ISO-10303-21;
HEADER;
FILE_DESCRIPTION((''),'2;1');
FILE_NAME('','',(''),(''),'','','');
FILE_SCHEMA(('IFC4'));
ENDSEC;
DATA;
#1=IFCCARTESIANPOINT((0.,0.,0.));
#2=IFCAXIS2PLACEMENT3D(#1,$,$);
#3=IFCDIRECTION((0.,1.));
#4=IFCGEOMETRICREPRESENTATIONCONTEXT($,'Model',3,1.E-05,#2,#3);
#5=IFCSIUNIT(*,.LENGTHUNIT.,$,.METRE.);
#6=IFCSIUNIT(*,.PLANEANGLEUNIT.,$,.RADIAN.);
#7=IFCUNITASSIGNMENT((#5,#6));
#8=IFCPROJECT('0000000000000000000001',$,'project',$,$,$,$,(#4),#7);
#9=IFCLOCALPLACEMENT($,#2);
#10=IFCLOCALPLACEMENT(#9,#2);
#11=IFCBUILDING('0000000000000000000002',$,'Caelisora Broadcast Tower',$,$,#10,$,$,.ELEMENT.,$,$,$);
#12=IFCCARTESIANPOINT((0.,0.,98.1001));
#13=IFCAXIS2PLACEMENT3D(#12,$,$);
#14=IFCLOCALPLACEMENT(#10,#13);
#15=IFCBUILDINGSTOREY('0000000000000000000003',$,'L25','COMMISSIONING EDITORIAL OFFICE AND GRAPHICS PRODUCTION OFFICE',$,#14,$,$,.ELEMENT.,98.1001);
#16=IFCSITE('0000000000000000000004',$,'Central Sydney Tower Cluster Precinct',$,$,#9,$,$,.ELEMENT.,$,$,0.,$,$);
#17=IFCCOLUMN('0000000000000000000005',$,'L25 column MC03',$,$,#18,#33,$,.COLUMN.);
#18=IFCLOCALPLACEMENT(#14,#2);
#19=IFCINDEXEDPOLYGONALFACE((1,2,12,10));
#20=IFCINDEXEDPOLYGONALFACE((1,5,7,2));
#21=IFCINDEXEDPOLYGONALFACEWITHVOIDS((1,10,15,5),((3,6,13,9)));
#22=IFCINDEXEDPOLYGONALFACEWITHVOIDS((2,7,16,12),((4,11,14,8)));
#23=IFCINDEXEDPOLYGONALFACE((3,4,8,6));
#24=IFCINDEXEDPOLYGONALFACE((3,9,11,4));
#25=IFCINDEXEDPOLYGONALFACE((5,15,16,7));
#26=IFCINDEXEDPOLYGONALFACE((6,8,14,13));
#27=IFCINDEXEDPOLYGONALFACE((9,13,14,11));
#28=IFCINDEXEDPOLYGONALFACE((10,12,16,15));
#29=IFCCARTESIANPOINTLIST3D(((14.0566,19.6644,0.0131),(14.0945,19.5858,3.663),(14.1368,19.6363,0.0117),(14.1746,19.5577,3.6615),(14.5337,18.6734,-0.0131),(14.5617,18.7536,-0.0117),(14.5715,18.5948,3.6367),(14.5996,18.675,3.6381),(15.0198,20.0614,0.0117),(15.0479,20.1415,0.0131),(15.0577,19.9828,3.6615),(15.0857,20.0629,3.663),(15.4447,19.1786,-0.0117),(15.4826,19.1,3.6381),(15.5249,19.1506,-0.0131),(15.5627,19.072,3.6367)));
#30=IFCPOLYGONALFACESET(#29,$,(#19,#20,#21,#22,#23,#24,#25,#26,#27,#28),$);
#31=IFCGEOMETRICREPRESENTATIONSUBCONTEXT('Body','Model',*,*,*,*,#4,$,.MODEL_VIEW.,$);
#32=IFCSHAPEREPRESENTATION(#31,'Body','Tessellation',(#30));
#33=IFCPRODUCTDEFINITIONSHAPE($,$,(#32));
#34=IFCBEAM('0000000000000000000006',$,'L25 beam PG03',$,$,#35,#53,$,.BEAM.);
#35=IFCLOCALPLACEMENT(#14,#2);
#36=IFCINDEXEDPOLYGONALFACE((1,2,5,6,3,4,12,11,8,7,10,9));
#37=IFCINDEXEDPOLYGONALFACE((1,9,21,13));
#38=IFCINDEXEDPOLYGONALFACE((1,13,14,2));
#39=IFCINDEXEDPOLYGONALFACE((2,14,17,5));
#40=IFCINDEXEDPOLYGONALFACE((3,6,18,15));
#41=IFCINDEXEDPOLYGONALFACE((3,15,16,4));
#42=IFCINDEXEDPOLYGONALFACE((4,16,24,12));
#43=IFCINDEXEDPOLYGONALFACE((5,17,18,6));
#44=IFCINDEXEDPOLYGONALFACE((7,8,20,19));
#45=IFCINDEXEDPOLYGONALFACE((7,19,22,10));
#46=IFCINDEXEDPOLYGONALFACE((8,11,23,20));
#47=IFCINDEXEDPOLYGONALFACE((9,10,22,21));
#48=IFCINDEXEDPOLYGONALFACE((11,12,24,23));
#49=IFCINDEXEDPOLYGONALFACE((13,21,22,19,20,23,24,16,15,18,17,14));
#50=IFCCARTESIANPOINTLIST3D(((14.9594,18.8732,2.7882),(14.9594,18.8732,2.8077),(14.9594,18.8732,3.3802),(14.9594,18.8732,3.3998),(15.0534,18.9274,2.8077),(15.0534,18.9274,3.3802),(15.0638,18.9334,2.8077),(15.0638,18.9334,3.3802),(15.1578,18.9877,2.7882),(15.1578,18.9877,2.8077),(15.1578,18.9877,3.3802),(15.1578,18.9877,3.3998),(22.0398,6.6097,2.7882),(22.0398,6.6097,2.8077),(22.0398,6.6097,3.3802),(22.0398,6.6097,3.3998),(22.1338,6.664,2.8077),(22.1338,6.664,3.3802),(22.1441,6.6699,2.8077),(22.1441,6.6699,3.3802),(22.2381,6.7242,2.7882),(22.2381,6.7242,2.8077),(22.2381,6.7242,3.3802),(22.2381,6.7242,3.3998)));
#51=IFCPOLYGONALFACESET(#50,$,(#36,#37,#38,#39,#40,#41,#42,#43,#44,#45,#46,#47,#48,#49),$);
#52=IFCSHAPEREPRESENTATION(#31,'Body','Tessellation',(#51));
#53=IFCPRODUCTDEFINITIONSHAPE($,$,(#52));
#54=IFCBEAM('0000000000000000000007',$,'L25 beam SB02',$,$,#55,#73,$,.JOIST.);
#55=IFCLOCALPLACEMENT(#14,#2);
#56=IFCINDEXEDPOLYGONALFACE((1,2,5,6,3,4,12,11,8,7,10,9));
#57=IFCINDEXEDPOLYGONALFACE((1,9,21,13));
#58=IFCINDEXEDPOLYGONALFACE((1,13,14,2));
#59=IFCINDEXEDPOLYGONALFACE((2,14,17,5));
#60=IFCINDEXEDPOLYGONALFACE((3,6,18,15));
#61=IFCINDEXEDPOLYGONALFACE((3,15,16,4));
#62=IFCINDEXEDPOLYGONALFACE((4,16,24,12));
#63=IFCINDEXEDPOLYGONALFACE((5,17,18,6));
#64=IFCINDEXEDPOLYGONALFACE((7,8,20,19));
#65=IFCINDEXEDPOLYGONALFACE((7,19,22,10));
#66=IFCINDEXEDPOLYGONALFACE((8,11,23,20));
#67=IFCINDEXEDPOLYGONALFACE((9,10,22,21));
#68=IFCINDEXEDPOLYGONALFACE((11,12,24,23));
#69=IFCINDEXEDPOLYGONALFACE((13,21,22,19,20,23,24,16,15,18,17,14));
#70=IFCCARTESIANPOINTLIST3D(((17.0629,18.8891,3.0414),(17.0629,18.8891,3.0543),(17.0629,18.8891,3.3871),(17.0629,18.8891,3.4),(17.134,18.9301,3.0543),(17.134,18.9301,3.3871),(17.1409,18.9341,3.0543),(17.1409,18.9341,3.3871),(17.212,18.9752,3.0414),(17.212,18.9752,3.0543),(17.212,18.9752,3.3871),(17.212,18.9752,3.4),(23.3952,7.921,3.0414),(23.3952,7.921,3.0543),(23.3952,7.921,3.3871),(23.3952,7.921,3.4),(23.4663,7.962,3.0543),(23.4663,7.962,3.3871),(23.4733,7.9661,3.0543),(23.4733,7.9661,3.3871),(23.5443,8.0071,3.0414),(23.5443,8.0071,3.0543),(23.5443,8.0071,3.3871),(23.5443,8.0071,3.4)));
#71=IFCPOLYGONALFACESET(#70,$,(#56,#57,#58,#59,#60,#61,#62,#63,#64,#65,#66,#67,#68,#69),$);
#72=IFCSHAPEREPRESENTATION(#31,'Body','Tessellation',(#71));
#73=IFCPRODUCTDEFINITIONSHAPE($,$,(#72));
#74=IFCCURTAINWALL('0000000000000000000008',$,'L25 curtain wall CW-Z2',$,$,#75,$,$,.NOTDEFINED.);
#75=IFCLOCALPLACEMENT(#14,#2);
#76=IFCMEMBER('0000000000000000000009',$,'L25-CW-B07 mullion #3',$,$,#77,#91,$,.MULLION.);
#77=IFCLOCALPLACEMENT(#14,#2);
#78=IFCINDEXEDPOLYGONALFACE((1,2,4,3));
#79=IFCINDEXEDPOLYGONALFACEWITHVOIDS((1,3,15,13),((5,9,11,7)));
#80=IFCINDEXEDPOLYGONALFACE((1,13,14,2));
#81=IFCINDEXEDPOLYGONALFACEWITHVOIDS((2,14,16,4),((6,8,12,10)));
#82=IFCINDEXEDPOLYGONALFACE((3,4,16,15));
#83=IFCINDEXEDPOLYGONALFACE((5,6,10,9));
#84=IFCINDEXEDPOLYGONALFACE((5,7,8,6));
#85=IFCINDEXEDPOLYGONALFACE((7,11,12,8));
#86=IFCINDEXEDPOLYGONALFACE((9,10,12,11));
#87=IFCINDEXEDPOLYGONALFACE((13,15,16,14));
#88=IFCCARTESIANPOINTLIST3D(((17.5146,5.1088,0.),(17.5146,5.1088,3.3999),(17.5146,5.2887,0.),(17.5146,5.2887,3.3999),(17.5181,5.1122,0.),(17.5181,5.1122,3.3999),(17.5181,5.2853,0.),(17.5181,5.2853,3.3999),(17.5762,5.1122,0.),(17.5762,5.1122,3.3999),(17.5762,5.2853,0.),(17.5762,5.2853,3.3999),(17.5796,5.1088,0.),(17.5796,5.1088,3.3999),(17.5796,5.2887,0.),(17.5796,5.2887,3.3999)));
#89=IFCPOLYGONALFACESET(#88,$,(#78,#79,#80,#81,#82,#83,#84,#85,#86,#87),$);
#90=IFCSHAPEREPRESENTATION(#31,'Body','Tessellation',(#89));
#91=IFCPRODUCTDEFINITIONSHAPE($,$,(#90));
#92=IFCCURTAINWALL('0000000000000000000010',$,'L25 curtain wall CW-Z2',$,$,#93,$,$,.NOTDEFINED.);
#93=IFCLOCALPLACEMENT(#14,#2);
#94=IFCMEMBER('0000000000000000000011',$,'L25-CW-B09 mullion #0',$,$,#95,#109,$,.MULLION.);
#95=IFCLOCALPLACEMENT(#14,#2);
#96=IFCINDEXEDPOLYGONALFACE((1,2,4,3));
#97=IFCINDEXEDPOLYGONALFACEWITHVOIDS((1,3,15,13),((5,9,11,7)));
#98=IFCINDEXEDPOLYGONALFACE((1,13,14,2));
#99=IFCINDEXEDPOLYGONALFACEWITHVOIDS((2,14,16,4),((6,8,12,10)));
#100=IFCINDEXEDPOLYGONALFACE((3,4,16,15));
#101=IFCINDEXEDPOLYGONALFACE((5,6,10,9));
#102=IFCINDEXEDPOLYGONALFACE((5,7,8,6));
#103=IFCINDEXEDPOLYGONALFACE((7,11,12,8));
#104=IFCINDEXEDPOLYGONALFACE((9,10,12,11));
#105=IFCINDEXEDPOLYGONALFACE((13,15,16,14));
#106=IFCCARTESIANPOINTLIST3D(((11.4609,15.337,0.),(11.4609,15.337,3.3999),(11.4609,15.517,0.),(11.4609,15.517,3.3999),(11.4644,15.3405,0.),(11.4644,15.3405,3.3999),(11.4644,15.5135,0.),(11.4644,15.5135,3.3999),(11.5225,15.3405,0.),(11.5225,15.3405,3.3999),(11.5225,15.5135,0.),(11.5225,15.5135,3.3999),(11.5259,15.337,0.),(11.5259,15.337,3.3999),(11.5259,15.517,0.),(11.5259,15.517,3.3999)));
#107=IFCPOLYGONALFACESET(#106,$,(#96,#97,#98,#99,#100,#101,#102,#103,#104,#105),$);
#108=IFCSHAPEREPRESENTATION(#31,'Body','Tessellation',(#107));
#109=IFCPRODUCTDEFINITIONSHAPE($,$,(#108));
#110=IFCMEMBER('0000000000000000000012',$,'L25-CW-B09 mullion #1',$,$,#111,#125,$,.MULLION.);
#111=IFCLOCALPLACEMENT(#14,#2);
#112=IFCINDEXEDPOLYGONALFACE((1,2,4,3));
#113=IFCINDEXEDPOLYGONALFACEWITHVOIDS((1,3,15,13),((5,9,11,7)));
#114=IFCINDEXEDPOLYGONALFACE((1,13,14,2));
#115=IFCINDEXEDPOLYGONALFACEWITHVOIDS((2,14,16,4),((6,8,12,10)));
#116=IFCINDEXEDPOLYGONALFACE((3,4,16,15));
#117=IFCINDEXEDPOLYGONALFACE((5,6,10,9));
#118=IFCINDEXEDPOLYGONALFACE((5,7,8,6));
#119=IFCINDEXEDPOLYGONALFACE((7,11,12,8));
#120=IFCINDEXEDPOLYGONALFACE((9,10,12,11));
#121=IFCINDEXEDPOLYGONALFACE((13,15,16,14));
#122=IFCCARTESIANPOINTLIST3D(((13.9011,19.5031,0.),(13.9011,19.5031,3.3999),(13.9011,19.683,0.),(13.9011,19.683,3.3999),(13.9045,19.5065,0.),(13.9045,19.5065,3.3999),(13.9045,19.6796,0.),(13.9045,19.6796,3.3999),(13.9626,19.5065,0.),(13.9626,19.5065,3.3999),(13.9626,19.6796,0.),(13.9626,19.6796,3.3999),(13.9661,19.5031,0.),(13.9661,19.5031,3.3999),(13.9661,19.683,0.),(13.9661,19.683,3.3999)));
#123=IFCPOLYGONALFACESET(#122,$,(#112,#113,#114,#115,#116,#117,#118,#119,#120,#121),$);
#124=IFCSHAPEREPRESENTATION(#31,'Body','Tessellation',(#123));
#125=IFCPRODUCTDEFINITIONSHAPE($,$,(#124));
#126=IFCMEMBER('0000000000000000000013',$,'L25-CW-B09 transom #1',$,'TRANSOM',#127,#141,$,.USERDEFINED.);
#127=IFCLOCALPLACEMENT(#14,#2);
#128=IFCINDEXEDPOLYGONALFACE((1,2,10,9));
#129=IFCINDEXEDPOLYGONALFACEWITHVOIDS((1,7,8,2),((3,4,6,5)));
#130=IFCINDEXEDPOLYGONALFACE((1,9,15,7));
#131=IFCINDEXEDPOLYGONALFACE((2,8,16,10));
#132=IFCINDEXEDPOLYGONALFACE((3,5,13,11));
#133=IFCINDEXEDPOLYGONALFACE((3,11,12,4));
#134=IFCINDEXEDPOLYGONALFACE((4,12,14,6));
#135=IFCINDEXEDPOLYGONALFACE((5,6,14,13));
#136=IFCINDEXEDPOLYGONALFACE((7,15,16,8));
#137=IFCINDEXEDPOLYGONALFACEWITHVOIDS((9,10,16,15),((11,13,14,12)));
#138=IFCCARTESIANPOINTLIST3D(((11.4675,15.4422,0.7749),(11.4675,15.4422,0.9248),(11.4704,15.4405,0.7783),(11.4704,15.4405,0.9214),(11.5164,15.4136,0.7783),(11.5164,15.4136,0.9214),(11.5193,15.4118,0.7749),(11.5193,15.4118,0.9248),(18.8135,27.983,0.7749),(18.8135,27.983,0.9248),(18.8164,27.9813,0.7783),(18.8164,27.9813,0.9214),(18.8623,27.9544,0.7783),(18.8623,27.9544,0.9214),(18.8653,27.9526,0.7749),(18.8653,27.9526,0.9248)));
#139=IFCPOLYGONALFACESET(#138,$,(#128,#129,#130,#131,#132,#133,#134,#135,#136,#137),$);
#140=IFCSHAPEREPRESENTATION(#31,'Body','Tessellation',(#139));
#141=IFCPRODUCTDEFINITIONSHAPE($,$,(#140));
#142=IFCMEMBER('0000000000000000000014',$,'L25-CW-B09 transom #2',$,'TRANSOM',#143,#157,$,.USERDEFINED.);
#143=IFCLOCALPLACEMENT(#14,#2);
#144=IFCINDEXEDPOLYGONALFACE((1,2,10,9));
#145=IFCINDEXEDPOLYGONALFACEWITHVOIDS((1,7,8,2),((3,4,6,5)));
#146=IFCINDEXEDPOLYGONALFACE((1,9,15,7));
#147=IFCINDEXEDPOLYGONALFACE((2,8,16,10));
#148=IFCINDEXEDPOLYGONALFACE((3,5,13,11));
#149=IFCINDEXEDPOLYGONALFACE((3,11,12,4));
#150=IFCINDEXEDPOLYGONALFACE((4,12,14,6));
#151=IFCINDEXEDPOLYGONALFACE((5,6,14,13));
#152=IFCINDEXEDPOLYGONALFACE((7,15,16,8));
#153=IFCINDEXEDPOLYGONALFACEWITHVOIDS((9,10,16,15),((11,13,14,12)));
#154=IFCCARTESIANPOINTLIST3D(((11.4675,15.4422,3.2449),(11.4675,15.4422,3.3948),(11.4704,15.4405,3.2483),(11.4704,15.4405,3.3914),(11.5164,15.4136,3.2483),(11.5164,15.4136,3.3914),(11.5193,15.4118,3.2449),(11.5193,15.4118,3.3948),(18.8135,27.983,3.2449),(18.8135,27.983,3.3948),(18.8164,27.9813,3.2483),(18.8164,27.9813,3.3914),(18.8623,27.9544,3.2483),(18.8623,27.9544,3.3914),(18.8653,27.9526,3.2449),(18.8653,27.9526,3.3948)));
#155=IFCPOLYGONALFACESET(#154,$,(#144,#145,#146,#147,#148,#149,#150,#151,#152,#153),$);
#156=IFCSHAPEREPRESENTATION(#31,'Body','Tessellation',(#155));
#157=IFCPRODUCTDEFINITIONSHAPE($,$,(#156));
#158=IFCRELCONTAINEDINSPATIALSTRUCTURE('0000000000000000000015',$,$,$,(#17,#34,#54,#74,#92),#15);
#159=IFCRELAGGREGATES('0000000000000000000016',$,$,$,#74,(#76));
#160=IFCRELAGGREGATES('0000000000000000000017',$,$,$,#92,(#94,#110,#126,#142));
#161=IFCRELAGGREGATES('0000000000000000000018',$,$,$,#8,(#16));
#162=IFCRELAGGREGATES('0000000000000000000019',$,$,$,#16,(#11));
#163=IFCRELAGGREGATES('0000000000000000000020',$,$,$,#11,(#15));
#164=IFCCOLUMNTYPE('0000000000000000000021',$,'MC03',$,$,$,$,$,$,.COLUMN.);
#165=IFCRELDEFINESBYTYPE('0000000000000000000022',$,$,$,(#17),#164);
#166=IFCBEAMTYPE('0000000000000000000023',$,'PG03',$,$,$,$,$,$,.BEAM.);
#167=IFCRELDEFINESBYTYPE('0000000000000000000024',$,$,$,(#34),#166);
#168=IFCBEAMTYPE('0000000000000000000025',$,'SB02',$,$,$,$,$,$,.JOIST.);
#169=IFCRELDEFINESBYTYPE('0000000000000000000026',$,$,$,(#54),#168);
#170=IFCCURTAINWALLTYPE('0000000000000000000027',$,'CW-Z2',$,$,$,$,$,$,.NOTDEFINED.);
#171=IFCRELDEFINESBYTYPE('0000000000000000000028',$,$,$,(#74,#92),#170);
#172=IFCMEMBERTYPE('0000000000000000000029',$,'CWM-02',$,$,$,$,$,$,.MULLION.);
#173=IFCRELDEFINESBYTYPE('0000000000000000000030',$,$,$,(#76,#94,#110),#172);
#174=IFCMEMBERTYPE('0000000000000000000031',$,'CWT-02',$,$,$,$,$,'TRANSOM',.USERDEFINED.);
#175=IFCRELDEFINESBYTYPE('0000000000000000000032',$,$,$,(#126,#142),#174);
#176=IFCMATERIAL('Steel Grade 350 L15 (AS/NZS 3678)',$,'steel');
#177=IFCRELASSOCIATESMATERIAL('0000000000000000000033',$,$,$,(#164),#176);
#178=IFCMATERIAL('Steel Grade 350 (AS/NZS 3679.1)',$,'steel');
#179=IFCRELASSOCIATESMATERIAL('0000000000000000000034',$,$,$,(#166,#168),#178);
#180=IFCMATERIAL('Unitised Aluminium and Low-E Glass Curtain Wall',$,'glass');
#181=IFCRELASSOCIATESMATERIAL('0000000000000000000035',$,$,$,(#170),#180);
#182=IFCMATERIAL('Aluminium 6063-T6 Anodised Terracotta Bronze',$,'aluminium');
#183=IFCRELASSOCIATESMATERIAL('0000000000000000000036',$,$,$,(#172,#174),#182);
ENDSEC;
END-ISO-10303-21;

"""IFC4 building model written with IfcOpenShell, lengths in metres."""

from ifc_helpers import new_model, si_unit, direction, frame, origin, origin_2d, place, context, subcontext, project, spatial, hollow_rectangle, i_section, extrude, source, transform, mapped, material, material_profile, profile_set, type_object, type_shapes, element, aggregate, save


model = new_model("IFC4")

# Units and contexts
model_context = context("Model", 3, precision=1e-05, world=origin(), true_north=direction((0.0, 1.0)))
body_context = subcontext(model_context, "Body", "Model", "MODEL_VIEW")
ifc_project = project(units=[si_unit("LENGTHUNIT", "METRE"), si_unit("PLANEANGLEUNIT", "RADIAN")], contexts=[model_context])

# Site, building, storey
site_placement = place(None, origin())
site = spatial("IfcSite", under=ifc_project, at=site_placement, Name="Central Sydney Tower Cluster Precinct", CompositionType="ELEMENT", RefElevation=0.0)
building_placement = place(site_placement, origin())
building = spatial("IfcBuilding", under=site, at=building_placement, Name="Caelisora Broadcast Tower", CompositionType="ELEMENT")
storey_placement = place(building_placement, frame((0.0, 0.0, 98.1001)))
storey = spatial("IfcBuildingStorey", under=building, at=storey_placement, Name="L25", Description="COMMISSIONING EDITORIAL OFFICE AND GRAPHICS PRODUCTION OFFICE", CompositionType="ELEMENT", Elevation=98.1001)

# Column
ifc_material_1 = material(Name="Steel Grade 350 L15 (AS/NZS 3678)", Category="steel")
ifc_material_profile_1 = material_profile(ifc_material_1, hollow_rectangle(XDim=1.1001, YDim=1.1001, WallThickness=0.0601, at=origin_2d()), Name="Steel Grade 350 L15 (AS/NZS 3678)")
ifc_profile_set_1 = profile_set([ifc_material_profile_1], Name="Steel Grade 350 L15 (AS/NZS 3678)")
column_type = type_object("IfcColumnType", Name="MC03", PredefinedType="COLUMN", material=ifc_profile_set_1)
shared_shape_1 = source(origin(), body_context, "Body", "SweptSolid", [
    extrude(hollow_rectangle(XDim=1.1001, YDim=1.1001, WallThickness=0.0601, at=origin_2d()), origin(), (0.0, 0.0, 1.0), 3.6509),
])
type_shapes(column_type, [shared_shape_1])
column_placement = place(storey_placement, frame((14.7908, 19.4075, 0.0), z_axis=(0.010365, -0.021532, 0.999714), x_axis=(0.901042, 0.433731, 0.0)))
element("IfcColumn", 1, at=column_placement, inside=storey, type_object=column_type, Name="L25 column MC03", PredefinedType="COLUMN", context=body_context, shape_type="MappedRepresentation", body=[
    mapped(shared_shape_1, transform((0.0, 0.0, 0.0), scale=1.0)),
])

# Beams
ifc_material_2 = material(Name="Steel Grade 350 (AS/NZS 3679.1)", Category="steel")
ifc_material_profile_2 = material_profile(ifc_material_2, i_section(OverallWidth=0.229, OverallDepth=0.6116, WebThickness=0.012, FlangeThickness=0.0195, at=origin_2d()), Name="Steel Grade 350 (AS/NZS 3679.1)")
ifc_profile_set_2 = profile_set([ifc_material_profile_2], Name="Steel Grade 350 (AS/NZS 3679.1)")
beam_type_1 = type_object("IfcBeamType", Name="PG03", PredefinedType="BEAM", material=ifc_profile_set_2)
shared_shape_2 = source(origin(), body_context, "Body", "SweptSolid", [
    extrude(i_section(OverallWidth=0.229, OverallDepth=0.6116, WebThickness=0.012, FlangeThickness=0.0195, at=origin_2d()), origin(), (0.0, 0.0, 1.0), 14.1606),
])
type_shapes(beam_type_1, [shared_shape_2])
beam_1_placement = place(storey_placement, frame((15.0586, 18.9304, 3.094), z_axis=(0.500002, -0.866025, 0.0), x_axis=(0.866025, 0.500002, 0.0)))
element("IfcBeam", 2, at=beam_1_placement, inside=storey, type_object=beam_type_1, Name="L25 beam PG03", PredefinedType="BEAM", context=body_context, shape_type="MappedRepresentation", body=[
    mapped(shared_shape_2, transform((0.0, 0.0, 0.0), scale=1.0)),
])
ifc_material_profile_3 = material_profile(ifc_material_2, i_section(OverallWidth=0.1721, OverallDepth=0.3586, WebThickness=0.0081, FlangeThickness=0.0129, at=origin_2d()), Name="Steel Grade 350 (AS/NZS 3679.1)")
ifc_profile_set_3 = profile_set([ifc_material_profile_3], Name="Steel Grade 350 (AS/NZS 3679.1)")
beam_type_2 = type_object("IfcBeamType", Name="SB02", PredefinedType="JOIST", material=ifc_profile_set_3)
shared_shape_3 = source(origin(), body_context, "Body", "SweptSolid", [
    extrude(i_section(OverallWidth=0.1721, OverallDepth=0.3586, WebThickness=0.0081, FlangeThickness=0.0129, at=origin_2d()), origin(), (0.0, 0.0, 1.0), 12.6648),
])
type_shapes(beam_type_2, [shared_shape_3])
beam_2_placement = place(storey_placement, frame((17.1375, 18.9321, 3.2207), z_axis=(0.499993, -0.866029, 0.0), x_axis=(0.866029, 0.499993, 0.0)))
element("IfcBeam", 3, at=beam_2_placement, inside=storey, type_object=beam_type_2, Name="L25 beam SB02", PredefinedType="JOIST", context=body_context, shape_type="MappedRepresentation", body=[
    mapped(shared_shape_3, transform((0.0, 0.0, 0.0), scale=1.0)),
])

# Curtain wall, member
ifc_material_3 = material(Name="Unitised Aluminium and Low-E Glass Curtain Wall", Category="glass")
curtain_wall_type = type_object("IfcCurtainWallType", Name="CW-Z2", PredefinedType="NOTDEFINED", material=ifc_material_3)
curtain_wall_1_placement = place(storey_placement, origin())
curtain_wall_1 = element("IfcCurtainWall", 4, at=curtain_wall_1_placement, inside=storey, type_object=curtain_wall_type, Name="L25 curtain wall CW-Z2", PredefinedType="NOTDEFINED")
ifc_material_4 = material(Name="Aluminium 6063-T6 Anodised Terracotta Bronze", Category="aluminium")
ifc_material_profile_4 = material_profile(ifc_material_4, hollow_rectangle(XDim=0.0649, YDim=0.1799, WallThickness=0.0034, at=origin_2d()), Name="Aluminium 6063-T6 Anodised Terracotta Bronze")
ifc_profile_set_4 = profile_set([ifc_material_profile_4], Name="Aluminium 6063-T6 Anodised Terracotta Bronze")
member_type_1 = type_object("IfcMemberType", Name="CWM-02", PredefinedType="MULLION", material=ifc_profile_set_4)
shared_shape_4 = source(origin(), body_context, "Body", "SweptSolid", [
    extrude(hollow_rectangle(XDim=0.0649, YDim=0.1799, WallThickness=0.0034, at=origin_2d()), origin(), (0.0, 0.0, 1.0), 3.3999),
])
type_shapes(member_type_1, [shared_shape_4])
member_1_placement = place(storey_placement, frame((17.5471, 5.1987, 0.0), z_axis=(0.0, 0.0, 1.0), x_axis=(1.0, 0.0, 0.0)))
member_1 = element("IfcMember", 5, at=member_1_placement, type_object=member_type_1, Name="L25-CW-B07 mullion #3", PredefinedType="MULLION", context=body_context, shape_type="MappedRepresentation", body=[
    mapped(shared_shape_4, transform((0.0, 0.0, 0.0), scale=1.0)),
])
aggregate(curtain_wall_1, [member_1])

# Curtain wall, members
curtain_wall_2_placement = place(storey_placement, origin())
curtain_wall_2 = element("IfcCurtainWall", 6, at=curtain_wall_2_placement, inside=storey, type_object=curtain_wall_type, Name="L25 curtain wall CW-Z2", PredefinedType="NOTDEFINED")
member_2_placement = place(storey_placement, frame((11.4934, 15.427, 0.0), z_axis=(0.0, 0.0, 1.0), x_axis=(1.0, 0.0, 0.0)))
member_2 = element("IfcMember", 7, at=member_2_placement, type_object=member_type_1, Name="L25-CW-B09 mullion #0", PredefinedType="MULLION", context=body_context, shape_type="MappedRepresentation", body=[
    mapped(shared_shape_4, transform((0.0, 0.0, 0.0), scale=1.0)),
])
member_3_placement = place(storey_placement, frame((13.9336, 19.593, 0.0), z_axis=(0.0, 0.0, 1.0), x_axis=(1.0, 0.0, 0.0)))
member_3 = element("IfcMember", 8, at=member_3_placement, type_object=member_type_1, Name="L25-CW-B09 mullion #1", PredefinedType="MULLION", context=body_context, shape_type="MappedRepresentation", body=[
    mapped(shared_shape_4, transform((0.0, 0.0, 0.0), scale=1.0)),
])
ifc_material_profile_5 = material_profile(ifc_material_4, hollow_rectangle(XDim=0.0601, YDim=0.1499, WallThickness=0.0034, at=origin_2d()), Name="Aluminium 6063-T6 Anodised Terracotta Bronze")
ifc_profile_set_5 = profile_set([ifc_material_profile_5], Name="Aluminium 6063-T6 Anodised Terracotta Bronze")
member_type_2 = type_object("IfcMemberType", Name="CWT-02", ElementType="TRANSOM", PredefinedType="USERDEFINED", material=ifc_profile_set_5)
shared_shape_5 = source(origin(), body_context, "Body", "SweptSolid", [
    extrude(hollow_rectangle(XDim=0.0601, YDim=0.1499, WallThickness=0.0034, at=origin_2d()), origin(), (0.0, 0.0, 1.0), 14.5339),
])
type_shapes(member_type_2, [shared_shape_5])
member_4_placement = place(storey_placement, frame((11.4934, 15.427, 0.8499), z_axis=(0.505436, 0.862864, 0.0), x_axis=(-0.862864, 0.505436, 0.0)))
member_4 = element("IfcMember", 9, at=member_4_placement, type_object=member_type_2, Name="L25-CW-B09 transom #1", ObjectType="TRANSOM", PredefinedType="USERDEFINED", context=body_context, shape_type="MappedRepresentation", body=[
    mapped(shared_shape_5, transform((0.0, 0.0, 0.0), scale=1.0)),
])
member_5_placement = place(storey_placement, frame((11.4934, 15.427, 3.3198), z_axis=(0.505436, 0.862864, 0.0), x_axis=(-0.862864, 0.505436, 0.0)))
member_5 = element("IfcMember", 10, at=member_5_placement, type_object=member_type_2, Name="L25-CW-B09 transom #2", ObjectType="TRANSOM", PredefinedType="USERDEFINED", context=body_context, shape_type="MappedRepresentation", body=[
    mapped(shared_shape_5, transform((0.0, 0.0, 0.0), scale=1.0)),
])

aggregate(curtain_wall_2, [member_2, member_3, member_4, member_5])

save(model, "model.ifc")
